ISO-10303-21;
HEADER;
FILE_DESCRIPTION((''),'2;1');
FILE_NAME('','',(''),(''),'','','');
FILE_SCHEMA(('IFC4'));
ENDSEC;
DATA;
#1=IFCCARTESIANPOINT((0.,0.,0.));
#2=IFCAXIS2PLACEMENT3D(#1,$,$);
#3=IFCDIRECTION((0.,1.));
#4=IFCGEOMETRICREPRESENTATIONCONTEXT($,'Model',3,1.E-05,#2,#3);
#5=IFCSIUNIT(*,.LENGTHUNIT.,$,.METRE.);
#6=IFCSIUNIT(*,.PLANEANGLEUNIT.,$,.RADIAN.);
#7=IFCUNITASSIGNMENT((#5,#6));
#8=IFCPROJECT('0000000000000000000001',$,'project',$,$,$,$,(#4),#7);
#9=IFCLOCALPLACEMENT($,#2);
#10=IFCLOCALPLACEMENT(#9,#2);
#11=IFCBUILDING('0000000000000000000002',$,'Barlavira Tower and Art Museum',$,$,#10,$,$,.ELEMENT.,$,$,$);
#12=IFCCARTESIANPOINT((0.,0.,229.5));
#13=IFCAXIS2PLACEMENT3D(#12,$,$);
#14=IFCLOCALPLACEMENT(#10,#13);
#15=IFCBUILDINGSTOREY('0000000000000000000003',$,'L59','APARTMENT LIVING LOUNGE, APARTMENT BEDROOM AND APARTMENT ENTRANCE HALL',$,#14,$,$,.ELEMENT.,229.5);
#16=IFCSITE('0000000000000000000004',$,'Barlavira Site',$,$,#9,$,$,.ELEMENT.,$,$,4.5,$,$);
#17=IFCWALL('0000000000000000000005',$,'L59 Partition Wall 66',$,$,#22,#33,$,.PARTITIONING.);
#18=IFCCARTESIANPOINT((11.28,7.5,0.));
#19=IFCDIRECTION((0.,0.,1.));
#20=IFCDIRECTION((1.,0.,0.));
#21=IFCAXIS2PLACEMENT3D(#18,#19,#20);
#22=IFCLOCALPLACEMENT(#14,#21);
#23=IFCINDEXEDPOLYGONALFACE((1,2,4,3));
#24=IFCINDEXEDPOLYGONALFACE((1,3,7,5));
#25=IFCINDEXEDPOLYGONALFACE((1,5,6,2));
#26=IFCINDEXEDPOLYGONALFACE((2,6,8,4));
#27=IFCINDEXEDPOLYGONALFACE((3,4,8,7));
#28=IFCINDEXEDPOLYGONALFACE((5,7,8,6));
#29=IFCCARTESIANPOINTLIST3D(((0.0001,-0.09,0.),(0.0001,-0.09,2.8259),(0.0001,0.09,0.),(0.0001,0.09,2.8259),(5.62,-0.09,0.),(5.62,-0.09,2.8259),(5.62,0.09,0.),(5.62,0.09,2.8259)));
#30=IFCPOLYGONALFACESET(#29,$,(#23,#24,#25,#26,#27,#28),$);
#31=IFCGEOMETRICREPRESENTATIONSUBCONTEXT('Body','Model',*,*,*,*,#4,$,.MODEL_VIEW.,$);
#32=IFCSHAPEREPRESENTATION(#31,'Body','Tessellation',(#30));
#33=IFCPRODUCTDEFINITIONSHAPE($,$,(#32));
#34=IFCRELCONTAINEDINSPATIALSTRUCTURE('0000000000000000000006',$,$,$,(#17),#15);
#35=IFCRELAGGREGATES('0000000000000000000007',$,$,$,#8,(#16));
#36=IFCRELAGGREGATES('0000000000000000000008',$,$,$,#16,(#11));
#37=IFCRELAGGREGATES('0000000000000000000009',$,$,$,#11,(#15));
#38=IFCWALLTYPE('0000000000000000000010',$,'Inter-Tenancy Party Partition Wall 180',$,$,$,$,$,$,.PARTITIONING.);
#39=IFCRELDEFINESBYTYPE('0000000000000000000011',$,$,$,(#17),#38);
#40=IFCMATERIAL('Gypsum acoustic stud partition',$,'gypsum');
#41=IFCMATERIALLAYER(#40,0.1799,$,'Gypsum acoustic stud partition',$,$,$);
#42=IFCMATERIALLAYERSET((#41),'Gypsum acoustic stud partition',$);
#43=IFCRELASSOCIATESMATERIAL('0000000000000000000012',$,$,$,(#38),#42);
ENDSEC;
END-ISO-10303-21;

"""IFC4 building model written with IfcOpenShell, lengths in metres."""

from ifc_helpers import new_model, si_unit, direction, frame, frame_2d, origin, place, context, subcontext, project, spatial, rectangle, extrude, material, layer, layer_set, type_object, element, save


model = new_model("IFC4")

# Units and contexts
model_context = context("Model", 3, precision=1e-05, world=origin(), true_north=direction((0.0, 1.0)))
body_context = subcontext(model_context, "Body", "Model", "MODEL_VIEW")
ifc_project = project(units=[si_unit("LENGTHUNIT", "METRE"), si_unit("PLANEANGLEUNIT", "RADIAN")], contexts=[model_context])

# Site, building, storey
site_placement = place(None, origin())
site = spatial("IfcSite", under=ifc_project, at=site_placement, Name="Barlavira Site", CompositionType="ELEMENT", RefElevation=4.5)
building_placement = place(site_placement, origin())
building = spatial("IfcBuilding", under=site, at=building_placement, Name="Barlavira Tower and Art Museum", CompositionType="ELEMENT")
storey_placement = place(building_placement, frame((0.0, 0.0, 229.5)))
storey = spatial("IfcBuildingStorey", under=building, at=storey_placement, Name="L59", Description="APARTMENT LIVING LOUNGE, APARTMENT BEDROOM AND APARTMENT ENTRANCE HALL", CompositionType="ELEMENT", Elevation=229.5)

# Shared definitions
ifc_material_1 = material(Name="Gypsum acoustic stud partition", Category="gypsum")

# Wall
ifc_layer_1 = layer(ifc_material_1, 0.1799, Name="Gypsum acoustic stud partition")
ifc_layer_set_1 = layer_set([ifc_layer_1], Name="Gypsum acoustic stud partition")
wall_type_1 = type_object("IfcWallType", Name="Inter-Tenancy Party Partition Wall 180", PredefinedType="PARTITIONING", material=ifc_layer_set_1)
wall_1_placement = place(storey_placement, frame((11.28, 7.5, 0.0), z_axis=(0.0, 0.0, 1.0), x_axis=(1.0, 0.0, 0.0)))
element("IfcWall", 1, at=wall_1_placement, inside=storey, type_object=wall_type_1, Name="L59 Partition Wall 66", PredefinedType="PARTITIONING", context=body_context, shape_type="SweptSolid", body=[
    extrude(rectangle(XDim=5.6199, YDim=0.1799, at=frame_2d((2.8101, 0.0))), origin(), (0.0, 0.0, 1.0), 2.8259),
])

save(model, "model.ifc")
